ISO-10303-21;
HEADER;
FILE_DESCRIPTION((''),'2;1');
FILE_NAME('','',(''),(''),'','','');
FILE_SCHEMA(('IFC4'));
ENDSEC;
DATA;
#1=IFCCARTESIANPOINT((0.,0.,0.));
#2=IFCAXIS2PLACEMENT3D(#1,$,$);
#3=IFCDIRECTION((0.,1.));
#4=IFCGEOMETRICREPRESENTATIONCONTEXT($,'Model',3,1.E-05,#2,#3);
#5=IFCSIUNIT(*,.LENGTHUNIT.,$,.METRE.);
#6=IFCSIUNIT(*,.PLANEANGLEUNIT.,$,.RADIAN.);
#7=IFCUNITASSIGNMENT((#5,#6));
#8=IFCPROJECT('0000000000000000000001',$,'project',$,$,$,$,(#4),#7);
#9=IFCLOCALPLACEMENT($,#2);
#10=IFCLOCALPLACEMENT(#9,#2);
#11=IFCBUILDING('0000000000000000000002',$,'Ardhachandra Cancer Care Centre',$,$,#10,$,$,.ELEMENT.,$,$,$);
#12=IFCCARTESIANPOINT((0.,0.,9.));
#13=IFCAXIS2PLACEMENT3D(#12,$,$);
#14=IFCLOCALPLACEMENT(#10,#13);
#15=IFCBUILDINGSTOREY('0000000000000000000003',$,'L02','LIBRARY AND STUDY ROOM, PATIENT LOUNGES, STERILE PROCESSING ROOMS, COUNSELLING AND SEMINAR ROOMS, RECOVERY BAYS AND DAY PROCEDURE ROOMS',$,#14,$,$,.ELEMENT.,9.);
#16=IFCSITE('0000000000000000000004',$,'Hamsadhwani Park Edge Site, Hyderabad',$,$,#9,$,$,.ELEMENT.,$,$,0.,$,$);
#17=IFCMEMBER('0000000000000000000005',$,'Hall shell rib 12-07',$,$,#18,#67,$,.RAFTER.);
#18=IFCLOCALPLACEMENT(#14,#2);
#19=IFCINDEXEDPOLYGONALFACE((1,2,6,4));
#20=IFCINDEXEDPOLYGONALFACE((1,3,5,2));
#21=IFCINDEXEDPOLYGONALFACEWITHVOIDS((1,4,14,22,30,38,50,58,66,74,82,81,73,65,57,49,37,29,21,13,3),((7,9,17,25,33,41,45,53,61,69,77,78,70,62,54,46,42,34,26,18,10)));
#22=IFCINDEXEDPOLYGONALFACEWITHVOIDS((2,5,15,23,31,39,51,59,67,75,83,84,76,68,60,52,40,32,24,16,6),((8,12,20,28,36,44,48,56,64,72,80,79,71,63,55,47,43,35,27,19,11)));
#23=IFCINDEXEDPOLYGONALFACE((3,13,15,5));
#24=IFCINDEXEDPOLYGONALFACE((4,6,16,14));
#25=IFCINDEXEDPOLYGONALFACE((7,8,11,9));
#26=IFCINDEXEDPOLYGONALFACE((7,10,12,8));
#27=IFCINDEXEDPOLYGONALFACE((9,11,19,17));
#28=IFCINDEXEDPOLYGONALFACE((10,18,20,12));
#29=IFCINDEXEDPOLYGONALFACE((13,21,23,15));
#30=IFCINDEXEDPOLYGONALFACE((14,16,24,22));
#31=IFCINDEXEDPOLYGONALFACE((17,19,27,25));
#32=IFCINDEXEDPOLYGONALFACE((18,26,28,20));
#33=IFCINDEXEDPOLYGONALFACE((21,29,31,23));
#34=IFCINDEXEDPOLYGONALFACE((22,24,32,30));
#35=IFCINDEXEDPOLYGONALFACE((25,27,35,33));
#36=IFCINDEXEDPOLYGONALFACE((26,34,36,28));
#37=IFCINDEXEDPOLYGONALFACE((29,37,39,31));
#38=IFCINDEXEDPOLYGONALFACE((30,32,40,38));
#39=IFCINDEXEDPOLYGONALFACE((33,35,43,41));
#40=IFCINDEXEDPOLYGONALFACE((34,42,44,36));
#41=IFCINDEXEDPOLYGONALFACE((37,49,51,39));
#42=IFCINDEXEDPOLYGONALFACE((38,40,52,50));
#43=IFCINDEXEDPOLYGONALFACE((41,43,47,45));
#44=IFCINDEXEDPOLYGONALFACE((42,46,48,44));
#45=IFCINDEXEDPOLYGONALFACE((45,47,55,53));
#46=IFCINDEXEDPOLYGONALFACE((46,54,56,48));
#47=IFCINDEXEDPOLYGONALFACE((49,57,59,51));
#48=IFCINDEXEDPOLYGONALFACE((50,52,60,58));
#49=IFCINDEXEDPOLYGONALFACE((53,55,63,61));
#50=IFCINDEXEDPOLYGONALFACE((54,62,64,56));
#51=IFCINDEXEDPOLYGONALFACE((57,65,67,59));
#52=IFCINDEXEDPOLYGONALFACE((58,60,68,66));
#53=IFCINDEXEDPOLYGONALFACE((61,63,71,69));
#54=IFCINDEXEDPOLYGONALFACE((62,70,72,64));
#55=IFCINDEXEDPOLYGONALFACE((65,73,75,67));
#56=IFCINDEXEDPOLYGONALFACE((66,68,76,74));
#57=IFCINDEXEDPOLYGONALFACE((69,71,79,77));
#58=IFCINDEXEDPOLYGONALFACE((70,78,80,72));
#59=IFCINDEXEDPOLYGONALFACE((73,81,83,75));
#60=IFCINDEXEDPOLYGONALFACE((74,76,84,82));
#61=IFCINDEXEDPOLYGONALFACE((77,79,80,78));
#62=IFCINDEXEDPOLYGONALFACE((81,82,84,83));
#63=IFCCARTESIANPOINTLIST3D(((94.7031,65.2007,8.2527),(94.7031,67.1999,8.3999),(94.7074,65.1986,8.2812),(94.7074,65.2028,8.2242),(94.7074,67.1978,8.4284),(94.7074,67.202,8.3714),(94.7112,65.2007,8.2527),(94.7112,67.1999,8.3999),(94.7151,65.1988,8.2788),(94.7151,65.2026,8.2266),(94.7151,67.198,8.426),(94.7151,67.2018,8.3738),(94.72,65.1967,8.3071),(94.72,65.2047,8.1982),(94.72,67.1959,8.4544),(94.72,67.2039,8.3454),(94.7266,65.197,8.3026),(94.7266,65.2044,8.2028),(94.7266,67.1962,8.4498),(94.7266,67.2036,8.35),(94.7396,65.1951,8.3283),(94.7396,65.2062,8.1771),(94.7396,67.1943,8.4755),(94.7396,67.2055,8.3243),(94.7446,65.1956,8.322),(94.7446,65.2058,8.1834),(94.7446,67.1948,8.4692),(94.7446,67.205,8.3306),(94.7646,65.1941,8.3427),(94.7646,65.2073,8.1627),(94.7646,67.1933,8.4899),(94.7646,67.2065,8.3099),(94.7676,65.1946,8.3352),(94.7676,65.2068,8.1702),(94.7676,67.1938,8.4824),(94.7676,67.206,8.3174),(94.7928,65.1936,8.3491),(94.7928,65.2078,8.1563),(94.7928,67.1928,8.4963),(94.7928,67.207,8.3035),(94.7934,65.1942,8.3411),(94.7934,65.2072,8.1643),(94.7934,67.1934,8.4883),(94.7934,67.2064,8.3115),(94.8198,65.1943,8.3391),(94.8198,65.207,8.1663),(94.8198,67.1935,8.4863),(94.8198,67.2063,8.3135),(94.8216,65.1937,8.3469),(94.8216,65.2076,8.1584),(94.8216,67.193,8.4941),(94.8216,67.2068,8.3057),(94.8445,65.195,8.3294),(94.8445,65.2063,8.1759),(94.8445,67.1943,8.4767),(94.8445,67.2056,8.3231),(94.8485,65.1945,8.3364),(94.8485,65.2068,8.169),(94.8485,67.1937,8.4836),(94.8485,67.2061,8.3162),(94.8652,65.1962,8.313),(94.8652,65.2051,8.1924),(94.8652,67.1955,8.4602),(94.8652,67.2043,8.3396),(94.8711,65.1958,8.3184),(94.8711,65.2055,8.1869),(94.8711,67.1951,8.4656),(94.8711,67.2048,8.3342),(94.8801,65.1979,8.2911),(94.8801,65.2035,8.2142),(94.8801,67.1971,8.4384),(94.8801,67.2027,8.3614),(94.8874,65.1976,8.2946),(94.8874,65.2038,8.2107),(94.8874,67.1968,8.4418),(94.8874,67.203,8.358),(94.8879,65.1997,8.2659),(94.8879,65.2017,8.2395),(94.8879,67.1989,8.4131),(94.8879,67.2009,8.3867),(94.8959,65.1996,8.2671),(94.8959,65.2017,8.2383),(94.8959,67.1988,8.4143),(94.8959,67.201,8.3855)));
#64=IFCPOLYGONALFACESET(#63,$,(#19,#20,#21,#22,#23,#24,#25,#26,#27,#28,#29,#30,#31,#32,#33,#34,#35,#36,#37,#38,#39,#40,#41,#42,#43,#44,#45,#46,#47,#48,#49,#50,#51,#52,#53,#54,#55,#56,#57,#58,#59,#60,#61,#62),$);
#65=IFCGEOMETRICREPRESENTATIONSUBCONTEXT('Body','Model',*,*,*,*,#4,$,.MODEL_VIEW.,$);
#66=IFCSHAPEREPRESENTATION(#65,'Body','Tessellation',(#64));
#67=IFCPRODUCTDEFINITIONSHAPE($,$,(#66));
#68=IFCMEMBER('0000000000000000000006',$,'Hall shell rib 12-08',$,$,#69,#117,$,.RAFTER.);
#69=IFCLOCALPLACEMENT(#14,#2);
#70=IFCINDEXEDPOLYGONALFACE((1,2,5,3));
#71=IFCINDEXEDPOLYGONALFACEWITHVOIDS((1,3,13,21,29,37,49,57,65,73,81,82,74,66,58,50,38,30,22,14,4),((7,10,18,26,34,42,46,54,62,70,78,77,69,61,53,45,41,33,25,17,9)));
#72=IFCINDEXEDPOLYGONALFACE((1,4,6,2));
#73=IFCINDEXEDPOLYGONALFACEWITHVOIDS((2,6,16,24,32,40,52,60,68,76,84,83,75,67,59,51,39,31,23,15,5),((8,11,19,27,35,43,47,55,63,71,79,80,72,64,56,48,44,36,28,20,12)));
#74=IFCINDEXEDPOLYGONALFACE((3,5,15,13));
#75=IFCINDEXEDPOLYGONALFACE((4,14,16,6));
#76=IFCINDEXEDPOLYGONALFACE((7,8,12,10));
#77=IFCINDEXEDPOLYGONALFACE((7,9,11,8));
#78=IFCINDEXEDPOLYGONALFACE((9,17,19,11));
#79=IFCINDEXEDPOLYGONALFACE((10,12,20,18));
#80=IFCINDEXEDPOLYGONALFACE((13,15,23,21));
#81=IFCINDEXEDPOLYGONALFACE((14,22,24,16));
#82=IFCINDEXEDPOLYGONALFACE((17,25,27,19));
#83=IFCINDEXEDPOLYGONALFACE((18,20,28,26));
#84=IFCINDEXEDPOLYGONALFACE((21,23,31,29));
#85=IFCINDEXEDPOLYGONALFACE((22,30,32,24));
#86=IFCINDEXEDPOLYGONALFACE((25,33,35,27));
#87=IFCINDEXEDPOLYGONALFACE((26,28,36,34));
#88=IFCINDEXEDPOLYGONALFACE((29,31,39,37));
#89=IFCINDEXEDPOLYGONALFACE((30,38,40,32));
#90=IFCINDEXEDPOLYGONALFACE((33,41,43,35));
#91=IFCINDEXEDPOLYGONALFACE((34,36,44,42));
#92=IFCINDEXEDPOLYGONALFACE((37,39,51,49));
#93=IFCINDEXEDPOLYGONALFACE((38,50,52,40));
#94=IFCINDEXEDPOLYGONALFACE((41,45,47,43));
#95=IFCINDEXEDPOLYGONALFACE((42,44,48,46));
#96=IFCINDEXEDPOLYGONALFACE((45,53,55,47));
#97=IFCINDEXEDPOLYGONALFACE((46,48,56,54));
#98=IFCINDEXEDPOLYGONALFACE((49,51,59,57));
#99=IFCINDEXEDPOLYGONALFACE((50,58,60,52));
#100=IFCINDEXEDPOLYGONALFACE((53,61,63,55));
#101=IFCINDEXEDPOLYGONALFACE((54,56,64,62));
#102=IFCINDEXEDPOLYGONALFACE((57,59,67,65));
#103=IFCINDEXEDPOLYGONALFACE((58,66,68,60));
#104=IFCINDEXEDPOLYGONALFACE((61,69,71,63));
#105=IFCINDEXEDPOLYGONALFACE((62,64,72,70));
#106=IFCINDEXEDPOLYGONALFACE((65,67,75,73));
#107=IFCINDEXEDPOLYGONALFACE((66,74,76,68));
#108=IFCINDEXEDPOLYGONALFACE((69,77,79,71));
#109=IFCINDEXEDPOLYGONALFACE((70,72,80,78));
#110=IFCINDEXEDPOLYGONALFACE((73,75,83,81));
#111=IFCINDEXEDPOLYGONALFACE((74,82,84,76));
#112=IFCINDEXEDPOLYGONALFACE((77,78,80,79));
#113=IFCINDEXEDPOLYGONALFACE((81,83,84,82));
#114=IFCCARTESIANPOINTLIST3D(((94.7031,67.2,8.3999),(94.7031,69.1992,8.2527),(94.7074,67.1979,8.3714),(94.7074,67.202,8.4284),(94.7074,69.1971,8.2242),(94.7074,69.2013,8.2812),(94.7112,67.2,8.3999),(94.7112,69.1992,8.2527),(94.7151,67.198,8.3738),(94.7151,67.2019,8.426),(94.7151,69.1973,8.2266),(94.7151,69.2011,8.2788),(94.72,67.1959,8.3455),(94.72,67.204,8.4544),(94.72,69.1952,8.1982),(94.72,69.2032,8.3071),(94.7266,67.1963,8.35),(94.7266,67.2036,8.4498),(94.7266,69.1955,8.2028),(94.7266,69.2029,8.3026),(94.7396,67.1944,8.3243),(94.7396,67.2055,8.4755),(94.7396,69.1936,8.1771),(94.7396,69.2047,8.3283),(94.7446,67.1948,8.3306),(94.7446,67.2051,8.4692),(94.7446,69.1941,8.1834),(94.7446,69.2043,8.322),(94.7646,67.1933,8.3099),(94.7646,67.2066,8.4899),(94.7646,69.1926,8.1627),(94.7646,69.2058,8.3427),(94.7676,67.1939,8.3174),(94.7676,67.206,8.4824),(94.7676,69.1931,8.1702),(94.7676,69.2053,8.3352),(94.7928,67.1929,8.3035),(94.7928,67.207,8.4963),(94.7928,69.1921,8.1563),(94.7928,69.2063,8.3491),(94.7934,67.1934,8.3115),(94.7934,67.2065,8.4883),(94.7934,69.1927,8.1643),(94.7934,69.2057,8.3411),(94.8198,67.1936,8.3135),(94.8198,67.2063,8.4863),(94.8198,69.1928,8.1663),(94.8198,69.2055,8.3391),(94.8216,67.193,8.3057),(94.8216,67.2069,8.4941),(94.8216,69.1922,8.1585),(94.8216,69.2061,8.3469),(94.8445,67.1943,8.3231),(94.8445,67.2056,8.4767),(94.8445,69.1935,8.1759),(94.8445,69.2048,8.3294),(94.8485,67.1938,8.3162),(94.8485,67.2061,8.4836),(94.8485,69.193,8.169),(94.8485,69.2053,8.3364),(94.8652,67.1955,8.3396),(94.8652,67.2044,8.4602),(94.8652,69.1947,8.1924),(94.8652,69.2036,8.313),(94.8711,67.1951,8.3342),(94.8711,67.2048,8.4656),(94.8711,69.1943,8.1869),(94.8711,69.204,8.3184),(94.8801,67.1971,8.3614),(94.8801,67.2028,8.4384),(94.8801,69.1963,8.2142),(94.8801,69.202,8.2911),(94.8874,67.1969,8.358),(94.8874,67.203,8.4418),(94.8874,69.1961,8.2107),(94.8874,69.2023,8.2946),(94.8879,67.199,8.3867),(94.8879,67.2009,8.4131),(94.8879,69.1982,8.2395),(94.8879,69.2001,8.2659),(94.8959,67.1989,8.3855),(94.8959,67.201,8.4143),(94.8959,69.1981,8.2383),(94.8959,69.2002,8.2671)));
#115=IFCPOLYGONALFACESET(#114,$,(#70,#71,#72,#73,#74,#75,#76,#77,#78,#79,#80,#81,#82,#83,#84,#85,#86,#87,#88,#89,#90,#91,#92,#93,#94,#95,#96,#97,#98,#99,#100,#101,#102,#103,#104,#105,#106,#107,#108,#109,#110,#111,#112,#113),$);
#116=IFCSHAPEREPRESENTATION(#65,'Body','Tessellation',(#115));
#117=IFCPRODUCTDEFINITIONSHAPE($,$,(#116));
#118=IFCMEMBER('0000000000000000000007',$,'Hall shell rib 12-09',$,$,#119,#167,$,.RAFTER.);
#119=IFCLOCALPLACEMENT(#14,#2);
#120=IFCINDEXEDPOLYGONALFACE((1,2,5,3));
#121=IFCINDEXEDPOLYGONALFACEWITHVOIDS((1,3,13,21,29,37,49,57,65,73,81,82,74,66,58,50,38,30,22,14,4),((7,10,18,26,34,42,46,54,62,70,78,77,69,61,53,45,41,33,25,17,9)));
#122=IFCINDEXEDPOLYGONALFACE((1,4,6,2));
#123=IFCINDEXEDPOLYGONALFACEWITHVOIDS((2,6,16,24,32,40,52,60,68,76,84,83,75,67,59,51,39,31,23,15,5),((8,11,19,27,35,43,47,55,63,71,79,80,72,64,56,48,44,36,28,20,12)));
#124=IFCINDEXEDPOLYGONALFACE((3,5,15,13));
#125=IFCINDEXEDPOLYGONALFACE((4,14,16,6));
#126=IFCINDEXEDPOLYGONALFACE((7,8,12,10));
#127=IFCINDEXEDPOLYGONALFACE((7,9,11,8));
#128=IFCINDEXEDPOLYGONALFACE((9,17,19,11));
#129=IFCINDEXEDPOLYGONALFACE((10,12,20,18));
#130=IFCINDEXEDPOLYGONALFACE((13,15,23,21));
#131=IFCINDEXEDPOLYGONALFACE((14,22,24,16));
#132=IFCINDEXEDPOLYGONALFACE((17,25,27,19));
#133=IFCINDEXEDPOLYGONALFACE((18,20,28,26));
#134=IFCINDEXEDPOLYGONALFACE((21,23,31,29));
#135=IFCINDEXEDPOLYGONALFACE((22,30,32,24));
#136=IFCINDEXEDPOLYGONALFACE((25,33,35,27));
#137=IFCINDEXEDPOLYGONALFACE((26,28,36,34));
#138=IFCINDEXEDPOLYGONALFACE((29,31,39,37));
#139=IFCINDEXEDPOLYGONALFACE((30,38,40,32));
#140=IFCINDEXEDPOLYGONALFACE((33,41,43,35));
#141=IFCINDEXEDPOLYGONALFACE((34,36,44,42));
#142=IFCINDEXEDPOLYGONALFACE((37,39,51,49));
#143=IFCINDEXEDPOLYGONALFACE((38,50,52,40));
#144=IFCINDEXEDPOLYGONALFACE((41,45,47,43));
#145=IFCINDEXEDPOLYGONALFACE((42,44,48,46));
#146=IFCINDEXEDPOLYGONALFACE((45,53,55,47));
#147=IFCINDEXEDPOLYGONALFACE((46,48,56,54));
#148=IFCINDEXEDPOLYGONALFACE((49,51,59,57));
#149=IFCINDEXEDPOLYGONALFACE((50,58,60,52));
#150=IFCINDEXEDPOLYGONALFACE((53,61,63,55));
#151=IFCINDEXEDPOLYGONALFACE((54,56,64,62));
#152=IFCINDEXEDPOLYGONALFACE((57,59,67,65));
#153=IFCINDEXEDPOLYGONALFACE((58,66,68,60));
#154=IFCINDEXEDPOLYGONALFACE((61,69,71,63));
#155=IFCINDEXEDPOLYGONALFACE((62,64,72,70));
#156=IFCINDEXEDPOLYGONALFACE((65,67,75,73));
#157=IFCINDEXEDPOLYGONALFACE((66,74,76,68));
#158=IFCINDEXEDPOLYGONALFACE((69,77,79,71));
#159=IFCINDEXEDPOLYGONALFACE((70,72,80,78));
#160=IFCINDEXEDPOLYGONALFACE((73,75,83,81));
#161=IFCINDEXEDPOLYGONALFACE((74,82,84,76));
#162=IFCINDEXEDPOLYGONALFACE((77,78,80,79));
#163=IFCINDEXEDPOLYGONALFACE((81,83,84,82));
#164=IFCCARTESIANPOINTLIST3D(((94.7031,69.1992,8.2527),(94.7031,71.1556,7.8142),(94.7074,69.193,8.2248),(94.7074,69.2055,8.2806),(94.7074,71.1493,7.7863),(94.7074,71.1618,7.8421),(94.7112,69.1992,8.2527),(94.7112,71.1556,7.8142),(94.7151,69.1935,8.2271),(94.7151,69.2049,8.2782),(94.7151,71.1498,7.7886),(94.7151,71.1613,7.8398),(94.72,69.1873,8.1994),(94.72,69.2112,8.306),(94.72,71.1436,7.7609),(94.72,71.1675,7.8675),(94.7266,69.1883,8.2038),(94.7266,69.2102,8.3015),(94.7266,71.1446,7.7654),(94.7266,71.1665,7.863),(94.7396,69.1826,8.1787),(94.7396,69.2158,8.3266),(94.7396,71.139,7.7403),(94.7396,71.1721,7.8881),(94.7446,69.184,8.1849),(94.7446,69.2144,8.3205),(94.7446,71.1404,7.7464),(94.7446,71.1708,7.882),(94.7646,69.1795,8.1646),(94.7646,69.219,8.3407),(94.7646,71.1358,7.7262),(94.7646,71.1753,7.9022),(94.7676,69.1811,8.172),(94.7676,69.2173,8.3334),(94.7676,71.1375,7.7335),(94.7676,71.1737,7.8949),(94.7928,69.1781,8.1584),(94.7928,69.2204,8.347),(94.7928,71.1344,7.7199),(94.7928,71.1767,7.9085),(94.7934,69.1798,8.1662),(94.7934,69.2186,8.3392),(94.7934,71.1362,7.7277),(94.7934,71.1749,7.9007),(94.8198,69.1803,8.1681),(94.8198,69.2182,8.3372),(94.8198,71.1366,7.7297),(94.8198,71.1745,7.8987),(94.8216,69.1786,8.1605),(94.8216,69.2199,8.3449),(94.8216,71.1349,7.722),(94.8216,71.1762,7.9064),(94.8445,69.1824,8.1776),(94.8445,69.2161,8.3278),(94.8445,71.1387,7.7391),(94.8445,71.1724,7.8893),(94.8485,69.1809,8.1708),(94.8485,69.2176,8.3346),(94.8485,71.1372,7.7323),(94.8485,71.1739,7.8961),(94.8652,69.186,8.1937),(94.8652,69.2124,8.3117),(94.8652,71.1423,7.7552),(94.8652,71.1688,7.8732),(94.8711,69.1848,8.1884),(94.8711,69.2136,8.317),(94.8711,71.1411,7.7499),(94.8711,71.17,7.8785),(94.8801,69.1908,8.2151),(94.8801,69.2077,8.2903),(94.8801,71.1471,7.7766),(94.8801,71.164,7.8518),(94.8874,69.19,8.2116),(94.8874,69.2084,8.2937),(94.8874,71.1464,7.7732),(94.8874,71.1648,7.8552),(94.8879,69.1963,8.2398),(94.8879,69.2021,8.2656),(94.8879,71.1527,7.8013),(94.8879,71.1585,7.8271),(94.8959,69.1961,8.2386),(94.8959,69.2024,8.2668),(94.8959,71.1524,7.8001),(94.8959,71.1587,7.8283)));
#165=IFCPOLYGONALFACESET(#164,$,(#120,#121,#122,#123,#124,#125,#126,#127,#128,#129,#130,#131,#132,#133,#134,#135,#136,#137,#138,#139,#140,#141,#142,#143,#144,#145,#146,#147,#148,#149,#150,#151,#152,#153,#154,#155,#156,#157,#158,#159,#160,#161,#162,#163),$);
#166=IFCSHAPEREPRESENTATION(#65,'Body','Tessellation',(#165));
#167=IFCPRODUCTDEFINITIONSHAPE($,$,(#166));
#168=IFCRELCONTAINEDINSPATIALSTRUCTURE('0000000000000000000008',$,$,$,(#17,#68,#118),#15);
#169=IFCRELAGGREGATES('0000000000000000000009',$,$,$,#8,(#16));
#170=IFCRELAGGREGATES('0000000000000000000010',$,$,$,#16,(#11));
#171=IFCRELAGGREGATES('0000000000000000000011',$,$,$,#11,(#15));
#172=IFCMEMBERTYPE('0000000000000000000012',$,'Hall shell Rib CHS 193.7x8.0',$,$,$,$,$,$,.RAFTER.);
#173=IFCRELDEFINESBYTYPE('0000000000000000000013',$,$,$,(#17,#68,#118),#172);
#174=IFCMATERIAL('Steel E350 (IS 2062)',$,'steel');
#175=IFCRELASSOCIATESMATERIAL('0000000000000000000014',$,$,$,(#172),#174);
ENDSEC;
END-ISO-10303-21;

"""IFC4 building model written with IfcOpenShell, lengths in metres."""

from ifc_helpers import new_model, si_unit, direction, frame, origin, origin_2d, place, context, subcontext, project, spatial, hollow_circle, extrude, material, material_profile, profile_set, type_object, element, save


model = new_model("IFC4")

# Units and contexts
model_context = context("Model", 3, precision=1e-05, world=origin(), true_north=direction((0.0, 1.0)))
body_context = subcontext(model_context, "Body", "Model", "MODEL_VIEW")
ifc_project = project(units=[si_unit("LENGTHUNIT", "METRE"), si_unit("PLANEANGLEUNIT", "RADIAN")], contexts=[model_context])

# Site, building, storey
site_placement = place(None, origin())
site = spatial("IfcSite", under=ifc_project, at=site_placement, Name="Hamsadhwani Park Edge Site, Hyderabad", CompositionType="ELEMENT", RefElevation=0.0)
building_placement = place(site_placement, origin())
building = spatial("IfcBuilding", under=site, at=building_placement, Name="Ardhachandra Cancer Care Centre", CompositionType="ELEMENT")
storey_placement = place(building_placement, frame((0.0, 0.0, 9.0)))
storey = spatial("IfcBuildingStorey", under=building, at=storey_placement, Name="L02", Description="LIBRARY AND STUDY ROOM, PATIENT LOUNGES, STERILE PROCESSING ROOMS, COUNSELLING AND SEMINAR ROOMS, RECOVERY BAYS AND DAY PROCEDURE ROOMS", CompositionType="ELEMENT", Elevation=9.0)

# Members
ifc_material_1 = material(Name="Steel E350 (IS 2062)", Category="steel")
ifc_material_profile_1 = material_profile(ifc_material_1, hollow_circle(Radius=0.0969, WallThickness=0.0081, at=origin_2d()), Name="CHS 193.7x8.0")
ifc_profile_set_1 = profile_set([ifc_material_profile_1], Name="Steel E350 (IS 2062)")
member_type_1 = type_object("IfcMemberType", Name="Hall shell Rib CHS 193.7x8.0", PredefinedType="RAFTER", material=ifc_profile_set_1)
for number, where, z_axis, x_axis, name in (
    (1, (94.8, 65.2007, 8.2527), (0.0, 0.9973, 0.073437), (-1.0, 0.0, 0.0), "Hall shell rib 12-07"),
    (2, (94.8, 67.2, 8.3999), (0.0, 0.9973, -0.073437), (-1.0, 0.0, 0.0), "Hall shell rib 12-08"),
):
    element("IfcMember", number, at=place(storey_placement, frame(where, z_axis=z_axis, x_axis=x_axis)), inside=storey, type_object=member_type_1, Name=name, PredefinedType="RAFTER", context=body_context, shape_type="SweptSolid", body=[
        extrude(hollow_circle(Radius=0.0969, WallThickness=0.0081, at=origin_2d()), origin(), (0.0, 0.0, 1.0), 2.0046),
    ])
member_placement = place(storey_placement, frame((94.8, 69.1992, 8.2527), z_axis=(0.0, 0.97579, -0.218709), x_axis=(-1.0, 0.0, 0.0)))
element("IfcMember", 3, at=member_placement, inside=storey, type_object=member_type_1, Name="Hall shell rib 12-09", PredefinedType="RAFTER", context=body_context, shape_type="SweptSolid", body=[
    extrude(hollow_circle(Radius=0.0969, WallThickness=0.0081, at=origin_2d()), origin(), (0.0, 0.0, 1.0), 2.0049),
])

save(model, "model.ifc")
